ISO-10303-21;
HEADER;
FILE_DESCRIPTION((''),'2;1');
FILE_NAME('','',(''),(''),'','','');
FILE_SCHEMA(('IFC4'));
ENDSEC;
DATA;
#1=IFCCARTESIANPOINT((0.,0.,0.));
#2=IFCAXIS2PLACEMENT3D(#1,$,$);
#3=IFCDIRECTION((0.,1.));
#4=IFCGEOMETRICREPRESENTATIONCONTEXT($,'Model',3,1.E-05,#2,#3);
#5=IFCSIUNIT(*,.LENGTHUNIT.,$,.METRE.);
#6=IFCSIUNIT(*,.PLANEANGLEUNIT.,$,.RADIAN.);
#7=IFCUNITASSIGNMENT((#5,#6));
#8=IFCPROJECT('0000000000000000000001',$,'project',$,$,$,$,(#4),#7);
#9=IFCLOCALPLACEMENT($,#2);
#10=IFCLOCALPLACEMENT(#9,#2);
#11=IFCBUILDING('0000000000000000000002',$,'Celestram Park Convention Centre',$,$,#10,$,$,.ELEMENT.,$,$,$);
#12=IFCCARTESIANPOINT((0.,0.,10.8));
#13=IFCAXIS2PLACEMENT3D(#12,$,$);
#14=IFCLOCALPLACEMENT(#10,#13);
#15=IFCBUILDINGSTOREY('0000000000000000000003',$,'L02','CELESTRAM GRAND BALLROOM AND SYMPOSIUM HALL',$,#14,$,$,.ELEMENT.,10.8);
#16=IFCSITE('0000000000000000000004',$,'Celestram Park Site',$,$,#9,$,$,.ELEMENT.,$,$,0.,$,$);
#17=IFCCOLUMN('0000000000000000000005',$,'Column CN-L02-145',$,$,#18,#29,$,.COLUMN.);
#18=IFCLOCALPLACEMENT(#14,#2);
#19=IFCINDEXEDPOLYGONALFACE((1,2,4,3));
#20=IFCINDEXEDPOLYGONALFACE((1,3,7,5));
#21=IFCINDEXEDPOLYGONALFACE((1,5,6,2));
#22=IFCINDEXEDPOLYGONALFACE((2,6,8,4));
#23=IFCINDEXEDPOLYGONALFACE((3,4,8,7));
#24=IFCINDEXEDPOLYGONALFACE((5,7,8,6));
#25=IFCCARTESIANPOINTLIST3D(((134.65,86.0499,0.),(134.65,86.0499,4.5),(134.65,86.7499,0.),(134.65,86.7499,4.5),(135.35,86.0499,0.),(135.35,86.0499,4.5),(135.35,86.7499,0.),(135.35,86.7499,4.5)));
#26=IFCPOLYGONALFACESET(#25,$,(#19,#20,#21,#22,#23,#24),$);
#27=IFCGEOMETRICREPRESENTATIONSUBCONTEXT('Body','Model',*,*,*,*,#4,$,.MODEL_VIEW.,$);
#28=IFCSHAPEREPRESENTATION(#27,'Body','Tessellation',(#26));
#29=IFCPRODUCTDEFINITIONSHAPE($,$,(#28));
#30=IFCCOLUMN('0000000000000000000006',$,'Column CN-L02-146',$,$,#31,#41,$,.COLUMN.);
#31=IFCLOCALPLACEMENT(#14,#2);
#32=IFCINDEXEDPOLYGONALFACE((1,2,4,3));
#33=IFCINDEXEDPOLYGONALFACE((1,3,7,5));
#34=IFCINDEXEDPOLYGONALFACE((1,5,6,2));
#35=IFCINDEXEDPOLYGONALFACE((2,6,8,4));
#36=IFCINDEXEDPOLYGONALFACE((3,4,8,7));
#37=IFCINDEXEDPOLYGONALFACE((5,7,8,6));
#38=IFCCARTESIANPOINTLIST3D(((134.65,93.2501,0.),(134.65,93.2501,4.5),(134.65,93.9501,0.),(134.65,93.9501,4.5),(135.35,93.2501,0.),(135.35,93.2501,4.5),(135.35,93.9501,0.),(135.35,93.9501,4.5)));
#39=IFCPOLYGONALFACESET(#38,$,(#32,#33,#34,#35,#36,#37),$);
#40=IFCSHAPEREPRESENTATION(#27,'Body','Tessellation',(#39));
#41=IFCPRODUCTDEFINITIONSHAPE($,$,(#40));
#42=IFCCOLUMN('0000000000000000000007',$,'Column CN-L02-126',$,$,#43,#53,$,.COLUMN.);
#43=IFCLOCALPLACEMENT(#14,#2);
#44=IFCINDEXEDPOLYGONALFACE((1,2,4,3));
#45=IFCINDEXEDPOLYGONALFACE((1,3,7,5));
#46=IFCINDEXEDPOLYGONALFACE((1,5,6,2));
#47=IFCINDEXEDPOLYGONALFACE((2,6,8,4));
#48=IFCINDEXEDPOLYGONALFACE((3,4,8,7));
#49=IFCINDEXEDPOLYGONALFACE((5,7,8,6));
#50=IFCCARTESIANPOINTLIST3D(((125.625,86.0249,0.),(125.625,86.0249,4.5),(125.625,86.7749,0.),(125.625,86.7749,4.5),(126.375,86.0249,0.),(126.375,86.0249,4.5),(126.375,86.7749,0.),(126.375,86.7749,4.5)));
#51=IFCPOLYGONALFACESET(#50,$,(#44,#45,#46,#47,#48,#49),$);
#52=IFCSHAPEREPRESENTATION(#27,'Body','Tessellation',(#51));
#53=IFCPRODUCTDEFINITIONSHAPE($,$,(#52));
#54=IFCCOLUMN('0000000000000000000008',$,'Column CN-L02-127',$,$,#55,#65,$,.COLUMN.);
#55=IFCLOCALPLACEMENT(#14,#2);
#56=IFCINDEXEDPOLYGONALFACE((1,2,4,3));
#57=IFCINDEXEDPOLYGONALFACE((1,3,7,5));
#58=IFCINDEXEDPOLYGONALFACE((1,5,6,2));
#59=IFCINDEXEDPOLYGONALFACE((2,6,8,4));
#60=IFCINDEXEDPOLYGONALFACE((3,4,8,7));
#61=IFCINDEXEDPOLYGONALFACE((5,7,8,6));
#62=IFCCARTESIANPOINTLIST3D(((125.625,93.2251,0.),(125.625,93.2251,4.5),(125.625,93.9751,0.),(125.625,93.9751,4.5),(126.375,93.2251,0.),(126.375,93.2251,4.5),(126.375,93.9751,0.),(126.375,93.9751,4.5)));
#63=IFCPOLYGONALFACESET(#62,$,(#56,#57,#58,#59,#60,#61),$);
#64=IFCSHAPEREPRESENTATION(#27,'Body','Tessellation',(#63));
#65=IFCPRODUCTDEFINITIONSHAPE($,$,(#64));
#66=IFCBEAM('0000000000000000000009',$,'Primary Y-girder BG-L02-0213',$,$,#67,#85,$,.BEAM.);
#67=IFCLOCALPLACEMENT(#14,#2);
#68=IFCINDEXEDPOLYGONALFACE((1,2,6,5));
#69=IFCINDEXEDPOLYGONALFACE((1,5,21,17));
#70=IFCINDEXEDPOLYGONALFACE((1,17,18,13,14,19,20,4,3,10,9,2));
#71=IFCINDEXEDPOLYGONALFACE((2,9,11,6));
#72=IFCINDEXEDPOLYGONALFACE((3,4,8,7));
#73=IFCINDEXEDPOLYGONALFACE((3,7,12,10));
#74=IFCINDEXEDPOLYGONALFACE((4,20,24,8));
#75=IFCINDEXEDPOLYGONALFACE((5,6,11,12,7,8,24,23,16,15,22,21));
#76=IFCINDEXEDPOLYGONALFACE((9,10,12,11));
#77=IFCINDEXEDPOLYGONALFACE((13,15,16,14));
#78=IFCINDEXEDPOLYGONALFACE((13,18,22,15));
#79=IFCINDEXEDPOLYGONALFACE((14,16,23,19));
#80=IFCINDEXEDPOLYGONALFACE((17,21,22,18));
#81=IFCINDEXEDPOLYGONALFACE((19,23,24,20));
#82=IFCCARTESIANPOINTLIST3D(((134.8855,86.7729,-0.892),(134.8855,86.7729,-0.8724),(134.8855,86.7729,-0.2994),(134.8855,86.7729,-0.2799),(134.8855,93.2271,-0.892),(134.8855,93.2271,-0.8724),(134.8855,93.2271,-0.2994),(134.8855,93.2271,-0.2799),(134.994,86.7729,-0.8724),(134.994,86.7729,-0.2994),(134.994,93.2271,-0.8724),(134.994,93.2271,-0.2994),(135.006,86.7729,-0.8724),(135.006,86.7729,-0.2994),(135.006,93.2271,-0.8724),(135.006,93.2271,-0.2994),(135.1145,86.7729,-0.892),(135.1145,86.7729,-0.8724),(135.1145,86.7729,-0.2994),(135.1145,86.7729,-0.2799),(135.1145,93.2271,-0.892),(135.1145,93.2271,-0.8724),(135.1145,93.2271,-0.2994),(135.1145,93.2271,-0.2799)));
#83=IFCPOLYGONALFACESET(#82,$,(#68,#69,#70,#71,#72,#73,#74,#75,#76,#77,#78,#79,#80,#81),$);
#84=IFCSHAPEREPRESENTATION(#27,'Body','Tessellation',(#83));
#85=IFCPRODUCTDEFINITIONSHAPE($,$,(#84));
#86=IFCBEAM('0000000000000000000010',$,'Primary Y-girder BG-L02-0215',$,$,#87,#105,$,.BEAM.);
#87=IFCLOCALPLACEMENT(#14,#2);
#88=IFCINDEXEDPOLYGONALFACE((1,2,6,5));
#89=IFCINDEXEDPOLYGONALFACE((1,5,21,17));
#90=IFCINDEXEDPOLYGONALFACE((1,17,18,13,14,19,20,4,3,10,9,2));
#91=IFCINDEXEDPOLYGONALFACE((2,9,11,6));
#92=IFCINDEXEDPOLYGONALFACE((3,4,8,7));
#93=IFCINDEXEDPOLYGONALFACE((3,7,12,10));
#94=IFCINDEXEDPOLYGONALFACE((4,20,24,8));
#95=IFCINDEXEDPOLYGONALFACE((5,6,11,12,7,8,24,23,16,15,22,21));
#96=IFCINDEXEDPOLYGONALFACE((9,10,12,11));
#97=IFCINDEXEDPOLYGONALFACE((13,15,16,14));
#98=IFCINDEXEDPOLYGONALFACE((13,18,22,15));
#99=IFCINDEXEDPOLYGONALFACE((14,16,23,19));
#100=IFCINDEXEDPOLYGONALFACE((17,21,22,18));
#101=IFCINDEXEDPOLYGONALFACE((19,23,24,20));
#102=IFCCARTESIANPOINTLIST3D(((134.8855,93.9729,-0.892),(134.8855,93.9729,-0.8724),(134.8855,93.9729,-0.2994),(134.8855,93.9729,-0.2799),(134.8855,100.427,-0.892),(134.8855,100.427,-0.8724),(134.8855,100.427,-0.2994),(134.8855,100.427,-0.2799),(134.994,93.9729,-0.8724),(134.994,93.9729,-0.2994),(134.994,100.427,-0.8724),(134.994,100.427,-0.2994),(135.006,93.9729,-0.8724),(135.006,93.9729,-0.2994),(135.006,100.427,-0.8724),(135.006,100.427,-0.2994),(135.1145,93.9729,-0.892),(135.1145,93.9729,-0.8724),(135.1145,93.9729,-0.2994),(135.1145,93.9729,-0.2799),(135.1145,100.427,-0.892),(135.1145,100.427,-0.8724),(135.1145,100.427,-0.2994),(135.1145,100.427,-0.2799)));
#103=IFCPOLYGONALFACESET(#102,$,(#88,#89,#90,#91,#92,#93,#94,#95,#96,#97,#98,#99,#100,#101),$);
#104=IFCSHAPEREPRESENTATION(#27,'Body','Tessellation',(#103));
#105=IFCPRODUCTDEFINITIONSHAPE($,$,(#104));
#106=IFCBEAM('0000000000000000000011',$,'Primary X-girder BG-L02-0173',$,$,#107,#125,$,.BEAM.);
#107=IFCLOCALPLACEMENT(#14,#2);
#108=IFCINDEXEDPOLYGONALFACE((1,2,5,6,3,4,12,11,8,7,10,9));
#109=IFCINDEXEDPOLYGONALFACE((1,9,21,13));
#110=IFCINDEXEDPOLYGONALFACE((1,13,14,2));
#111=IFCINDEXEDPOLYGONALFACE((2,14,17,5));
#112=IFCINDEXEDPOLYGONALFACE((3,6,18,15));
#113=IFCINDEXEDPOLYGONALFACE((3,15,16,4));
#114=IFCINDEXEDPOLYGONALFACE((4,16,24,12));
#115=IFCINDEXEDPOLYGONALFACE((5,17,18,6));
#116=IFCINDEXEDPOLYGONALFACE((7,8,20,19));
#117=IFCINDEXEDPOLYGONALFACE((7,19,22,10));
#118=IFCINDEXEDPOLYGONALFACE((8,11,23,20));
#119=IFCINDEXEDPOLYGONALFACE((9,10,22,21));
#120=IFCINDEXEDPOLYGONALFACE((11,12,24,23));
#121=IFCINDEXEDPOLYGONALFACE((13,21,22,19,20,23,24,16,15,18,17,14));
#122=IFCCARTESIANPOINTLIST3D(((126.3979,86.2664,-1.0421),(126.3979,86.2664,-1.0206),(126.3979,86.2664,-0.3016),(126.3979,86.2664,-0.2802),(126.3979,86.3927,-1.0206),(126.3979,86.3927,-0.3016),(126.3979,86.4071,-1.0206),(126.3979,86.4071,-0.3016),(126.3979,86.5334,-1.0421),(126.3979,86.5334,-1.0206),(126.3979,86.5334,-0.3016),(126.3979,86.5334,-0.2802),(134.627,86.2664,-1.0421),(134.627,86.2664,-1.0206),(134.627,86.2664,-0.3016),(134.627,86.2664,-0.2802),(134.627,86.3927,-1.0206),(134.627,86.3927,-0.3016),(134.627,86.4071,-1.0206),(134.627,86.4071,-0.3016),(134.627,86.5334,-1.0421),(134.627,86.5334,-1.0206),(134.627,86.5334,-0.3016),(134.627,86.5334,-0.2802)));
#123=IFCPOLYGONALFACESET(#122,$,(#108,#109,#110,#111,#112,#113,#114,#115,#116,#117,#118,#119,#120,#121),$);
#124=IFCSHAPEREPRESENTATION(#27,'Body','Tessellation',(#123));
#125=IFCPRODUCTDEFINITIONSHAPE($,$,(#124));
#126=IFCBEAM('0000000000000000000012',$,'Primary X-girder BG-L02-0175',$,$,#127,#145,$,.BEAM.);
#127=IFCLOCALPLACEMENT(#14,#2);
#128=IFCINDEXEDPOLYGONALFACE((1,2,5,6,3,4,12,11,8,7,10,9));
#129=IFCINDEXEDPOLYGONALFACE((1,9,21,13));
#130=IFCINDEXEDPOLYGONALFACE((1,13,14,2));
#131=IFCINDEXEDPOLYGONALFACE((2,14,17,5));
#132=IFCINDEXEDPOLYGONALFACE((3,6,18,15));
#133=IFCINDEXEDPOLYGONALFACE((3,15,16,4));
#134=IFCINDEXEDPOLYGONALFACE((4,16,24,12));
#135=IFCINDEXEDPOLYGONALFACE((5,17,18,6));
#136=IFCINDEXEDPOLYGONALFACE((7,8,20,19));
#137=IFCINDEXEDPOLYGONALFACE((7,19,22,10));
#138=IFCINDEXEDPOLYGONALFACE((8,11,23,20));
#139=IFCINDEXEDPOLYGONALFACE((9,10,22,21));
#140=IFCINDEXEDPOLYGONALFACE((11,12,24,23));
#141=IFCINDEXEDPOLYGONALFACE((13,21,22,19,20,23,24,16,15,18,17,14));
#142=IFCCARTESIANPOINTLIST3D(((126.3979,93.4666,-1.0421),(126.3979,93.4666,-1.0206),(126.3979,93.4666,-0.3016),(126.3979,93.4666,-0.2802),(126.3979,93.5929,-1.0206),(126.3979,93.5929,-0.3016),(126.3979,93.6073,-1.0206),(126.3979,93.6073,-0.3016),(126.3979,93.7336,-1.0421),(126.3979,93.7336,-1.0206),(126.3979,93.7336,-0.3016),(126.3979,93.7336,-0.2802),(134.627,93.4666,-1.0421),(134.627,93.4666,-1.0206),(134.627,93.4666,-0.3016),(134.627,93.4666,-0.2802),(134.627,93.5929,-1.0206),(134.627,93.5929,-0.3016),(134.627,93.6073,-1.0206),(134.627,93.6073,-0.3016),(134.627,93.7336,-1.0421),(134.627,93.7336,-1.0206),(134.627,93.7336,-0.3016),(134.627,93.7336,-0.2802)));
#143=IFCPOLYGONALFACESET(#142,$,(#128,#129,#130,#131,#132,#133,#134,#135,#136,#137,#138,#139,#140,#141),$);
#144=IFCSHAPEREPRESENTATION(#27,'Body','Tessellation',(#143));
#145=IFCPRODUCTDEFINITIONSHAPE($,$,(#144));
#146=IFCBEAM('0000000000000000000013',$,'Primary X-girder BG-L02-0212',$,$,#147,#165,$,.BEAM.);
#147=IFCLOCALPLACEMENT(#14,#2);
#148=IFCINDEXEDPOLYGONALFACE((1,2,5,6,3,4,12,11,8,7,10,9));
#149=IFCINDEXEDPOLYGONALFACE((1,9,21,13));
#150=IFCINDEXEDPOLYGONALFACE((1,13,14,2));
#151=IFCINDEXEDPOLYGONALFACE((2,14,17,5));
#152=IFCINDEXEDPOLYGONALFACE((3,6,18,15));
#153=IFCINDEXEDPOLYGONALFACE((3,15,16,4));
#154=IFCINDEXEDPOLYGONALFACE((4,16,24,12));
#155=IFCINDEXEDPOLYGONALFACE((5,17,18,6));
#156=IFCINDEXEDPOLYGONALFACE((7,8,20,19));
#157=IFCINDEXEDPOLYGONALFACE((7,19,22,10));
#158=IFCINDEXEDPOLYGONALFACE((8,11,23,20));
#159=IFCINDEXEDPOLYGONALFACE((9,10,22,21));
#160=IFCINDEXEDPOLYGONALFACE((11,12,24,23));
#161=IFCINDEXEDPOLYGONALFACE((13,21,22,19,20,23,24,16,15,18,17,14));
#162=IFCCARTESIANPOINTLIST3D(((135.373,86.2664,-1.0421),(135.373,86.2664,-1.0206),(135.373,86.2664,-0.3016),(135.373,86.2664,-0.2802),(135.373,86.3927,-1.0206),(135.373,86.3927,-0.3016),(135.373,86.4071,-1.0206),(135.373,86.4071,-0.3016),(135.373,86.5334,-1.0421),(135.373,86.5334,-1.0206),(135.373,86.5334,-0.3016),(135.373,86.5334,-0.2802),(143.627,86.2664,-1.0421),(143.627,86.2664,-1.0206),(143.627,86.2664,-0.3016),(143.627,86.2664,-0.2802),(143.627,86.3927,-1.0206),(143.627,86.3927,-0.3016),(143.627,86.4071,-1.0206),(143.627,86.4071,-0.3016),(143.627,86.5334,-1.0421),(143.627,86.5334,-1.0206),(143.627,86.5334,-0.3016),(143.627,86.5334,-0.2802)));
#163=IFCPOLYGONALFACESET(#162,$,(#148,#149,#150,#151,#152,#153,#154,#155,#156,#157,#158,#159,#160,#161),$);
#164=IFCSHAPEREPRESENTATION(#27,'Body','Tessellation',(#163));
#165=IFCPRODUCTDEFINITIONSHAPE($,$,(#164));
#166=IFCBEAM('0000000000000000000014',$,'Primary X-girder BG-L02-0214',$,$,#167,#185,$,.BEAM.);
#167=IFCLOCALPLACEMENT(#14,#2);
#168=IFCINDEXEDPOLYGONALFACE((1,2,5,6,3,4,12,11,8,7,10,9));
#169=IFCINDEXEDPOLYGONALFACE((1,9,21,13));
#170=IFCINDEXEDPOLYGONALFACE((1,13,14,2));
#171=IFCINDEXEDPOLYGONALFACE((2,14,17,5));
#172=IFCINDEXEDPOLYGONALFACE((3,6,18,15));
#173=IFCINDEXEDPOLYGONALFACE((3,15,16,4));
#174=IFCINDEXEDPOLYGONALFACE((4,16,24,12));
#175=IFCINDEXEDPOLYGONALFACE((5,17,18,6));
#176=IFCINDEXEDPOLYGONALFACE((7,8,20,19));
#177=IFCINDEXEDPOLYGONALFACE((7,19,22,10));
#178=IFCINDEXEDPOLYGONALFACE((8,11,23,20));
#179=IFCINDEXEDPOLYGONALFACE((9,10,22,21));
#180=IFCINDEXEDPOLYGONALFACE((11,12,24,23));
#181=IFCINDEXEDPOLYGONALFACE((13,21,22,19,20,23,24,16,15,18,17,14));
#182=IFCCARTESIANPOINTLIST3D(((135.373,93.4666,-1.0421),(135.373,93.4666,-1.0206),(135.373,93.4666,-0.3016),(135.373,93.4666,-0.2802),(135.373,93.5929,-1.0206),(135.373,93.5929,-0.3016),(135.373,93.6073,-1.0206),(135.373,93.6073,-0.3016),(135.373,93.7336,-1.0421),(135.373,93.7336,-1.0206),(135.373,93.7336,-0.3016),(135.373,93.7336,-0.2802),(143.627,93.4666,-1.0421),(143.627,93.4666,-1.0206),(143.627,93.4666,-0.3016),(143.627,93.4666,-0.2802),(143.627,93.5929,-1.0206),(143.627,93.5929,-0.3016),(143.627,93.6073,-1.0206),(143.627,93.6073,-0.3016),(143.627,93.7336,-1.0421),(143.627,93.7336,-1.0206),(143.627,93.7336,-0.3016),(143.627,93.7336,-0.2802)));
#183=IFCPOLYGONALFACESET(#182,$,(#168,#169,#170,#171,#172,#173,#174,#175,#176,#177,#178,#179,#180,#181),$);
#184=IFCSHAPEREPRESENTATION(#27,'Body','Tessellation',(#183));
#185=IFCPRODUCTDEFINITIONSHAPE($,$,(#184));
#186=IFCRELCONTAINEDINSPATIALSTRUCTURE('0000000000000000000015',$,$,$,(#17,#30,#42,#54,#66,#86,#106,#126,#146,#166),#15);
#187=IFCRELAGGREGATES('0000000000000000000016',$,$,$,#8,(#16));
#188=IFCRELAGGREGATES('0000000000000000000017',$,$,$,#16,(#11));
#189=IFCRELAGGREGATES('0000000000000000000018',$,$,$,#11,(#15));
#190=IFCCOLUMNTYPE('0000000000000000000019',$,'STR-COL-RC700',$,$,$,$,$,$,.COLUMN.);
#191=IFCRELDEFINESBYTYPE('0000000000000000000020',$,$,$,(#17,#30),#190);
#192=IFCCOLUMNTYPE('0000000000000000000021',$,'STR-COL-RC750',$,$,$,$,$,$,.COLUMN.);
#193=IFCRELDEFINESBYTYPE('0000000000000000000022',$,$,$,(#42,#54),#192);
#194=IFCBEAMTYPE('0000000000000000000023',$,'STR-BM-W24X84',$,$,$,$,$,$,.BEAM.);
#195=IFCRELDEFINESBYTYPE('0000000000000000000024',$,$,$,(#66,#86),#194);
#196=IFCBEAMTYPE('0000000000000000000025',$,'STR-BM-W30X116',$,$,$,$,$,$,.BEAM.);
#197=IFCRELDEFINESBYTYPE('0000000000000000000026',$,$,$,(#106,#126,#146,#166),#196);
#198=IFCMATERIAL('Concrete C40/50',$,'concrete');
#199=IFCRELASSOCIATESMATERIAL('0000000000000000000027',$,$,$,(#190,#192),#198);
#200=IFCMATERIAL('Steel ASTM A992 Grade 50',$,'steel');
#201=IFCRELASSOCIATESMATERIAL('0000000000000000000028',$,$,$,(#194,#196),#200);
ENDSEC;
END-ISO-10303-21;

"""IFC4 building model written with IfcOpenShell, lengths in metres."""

from ifc_helpers import new_model, si_unit, direction, frame, origin, origin_2d, place, context, subcontext, project, spatial, rectangle, i_section, extrude, material, material_profile, profile_set, type_object, element, save


model = new_model("IFC4")

# Units and contexts
model_context = context("Model", 3, precision=1e-05, world=origin(), true_north=direction((0.0, 1.0)))
body_context = subcontext(model_context, "Body", "Model", "MODEL_VIEW")
ifc_project = project(units=[si_unit("LENGTHUNIT", "METRE"), si_unit("PLANEANGLEUNIT", "RADIAN")], contexts=[model_context])

# Site, building, storey
site_placement = place(None, origin())
site = spatial("IfcSite", under=ifc_project, at=site_placement, Name="Celestram Park Site", CompositionType="ELEMENT", RefElevation=0.0)
building_placement = place(site_placement, origin())
building = spatial("IfcBuilding", under=site, at=building_placement, Name="Celestram Park Convention Centre", CompositionType="ELEMENT")
storey_placement = place(building_placement, frame((0.0, 0.0, 10.8)))
storey = spatial("IfcBuildingStorey", under=building, at=storey_placement, Name="L02", Description="CELESTRAM GRAND BALLROOM AND SYMPOSIUM HALL", CompositionType="ELEMENT", Elevation=10.8)

# Columns
ifc_material_1 = material(Name="Concrete C40/50", Category="concrete")
ifc_material_profile_1 = material_profile(ifc_material_1, rectangle(XDim=0.7, YDim=0.7, at=origin_2d()), Name="RC700X700")
ifc_profile_set_1 = profile_set([ifc_material_profile_1], Name="Concrete C40/50")
column_type_1 = type_object("IfcColumnType", Name="STR-COL-RC700", PredefinedType="COLUMN", material=ifc_profile_set_1)
for number, where, z_axis, x_axis, name in (
    (1, (135.0, 86.3999, 0.0), (0.0, 0.0, 1.0), (1.0, 0.0, 0.0), "Column CN-L02-145"),
    (2, (135.0, 93.6001, 0.0), (0.0, 0.0, 1.0), (1.0, 0.0, 0.0), "Column CN-L02-146"),
):
    element("IfcColumn", number, at=place(storey_placement, frame(where, z_axis=z_axis, x_axis=x_axis)), inside=storey, type_object=column_type_1, Name=name, PredefinedType="COLUMN", context=body_context, shape_type="SweptSolid", body=[
        extrude(rectangle(XDim=0.7, YDim=0.7, at=origin_2d()), origin(), (0.0, 0.0, 1.0), 4.5),
    ])
ifc_material_profile_2 = material_profile(ifc_material_1, rectangle(XDim=0.75, YDim=0.75, at=origin_2d()), Name="RC750X750")
ifc_profile_set_2 = profile_set([ifc_material_profile_2], Name="Concrete C40/50")
column_type_2 = type_object("IfcColumnType", Name="STR-COL-RC750", PredefinedType="COLUMN", material=ifc_profile_set_2)
for number, where, z_axis, x_axis, name in (
    (3, (126.0, 86.3999, 0.0), (0.0, 0.0, 1.0), (1.0, 0.0, 0.0), "Column CN-L02-126"),
    (4, (126.0, 93.6001, 0.0), (0.0, 0.0, 1.0), (1.0, 0.0, 0.0), "Column CN-L02-127"),
):
    element("IfcColumn", number, at=place(storey_placement, frame(where, z_axis=z_axis, x_axis=x_axis)), inside=storey, type_object=column_type_2, Name=name, PredefinedType="COLUMN", context=body_context, shape_type="SweptSolid", body=[
        extrude(rectangle(XDim=0.75, YDim=0.75, at=origin_2d()), origin(), (0.0, 0.0, 1.0), 4.5),
    ])

# Beams
ifc_material_2 = material(Name="Steel ASTM A992 Grade 50", Category="steel")
ifc_material_profile_3 = material_profile(ifc_material_2, i_section(OverallWidth=0.229, OverallDepth=0.6121, WebThickness=0.012, FlangeThickness=0.0195, at=origin_2d()), Name="W24X84")
ifc_profile_set_3 = profile_set([ifc_material_profile_3], Name="Steel ASTM A992 Grade 50")
beam_type_1 = type_object("IfcBeamType", Name="STR-BM-W24X84", PredefinedType="BEAM", material=ifc_profile_set_3)
for number, where, z_axis, x_axis, name in (
    (5, (135.0, 86.7729, -0.5859), (0.0, 1.0, 0.0), (-1.0, 0.0, 0.0), "Primary Y-girder BG-L02-0213"),
    (6, (135.0, 93.9729, -0.5859), (0.0, 1.0, 0.0), (-1.0, 0.0, 0.0), "Primary Y-girder BG-L02-0215"),
):
    element("IfcBeam", number, at=place(storey_placement, frame(where, z_axis=z_axis, x_axis=x_axis)), inside=storey, type_object=beam_type_1, Name=name, PredefinedType="BEAM", context=body_context, shape_type="SweptSolid", body=[
        extrude(i_section(OverallWidth=0.229, OverallDepth=0.6121, WebThickness=0.012, FlangeThickness=0.0195, at=origin_2d()), origin(), (0.0, 0.0, 1.0), 6.4541),
    ])
ifc_material_profile_4 = material_profile(ifc_material_2, i_section(OverallWidth=0.2671, OverallDepth=0.762, WebThickness=0.0144, FlangeThickness=0.0215, at=origin_2d()), Name="W30X116")
ifc_profile_set_4 = profile_set([ifc_material_profile_4], Name="Steel ASTM A992 Grade 50")
beam_type_2 = type_object("IfcBeamType", Name="STR-BM-W30X116", PredefinedType="BEAM", material=ifc_profile_set_4)
for number, where, z_axis, x_axis, name in (
    (7, (126.3979, 86.3999, -0.6611), (1.0, 0.0, 0.0), (0.0, 1.0, 0.0), "Primary X-girder BG-L02-0173"),
    (8, (126.3979, 93.6001, -0.6611), (1.0, 0.0, 0.0), (0.0, 1.0, 0.0), "Primary X-girder BG-L02-0175"),
):
    element("IfcBeam", number, at=place(storey_placement, frame(where, z_axis=z_axis, x_axis=x_axis)), inside=storey, type_object=beam_type_2, Name=name, PredefinedType="BEAM", context=body_context, shape_type="SweptSolid", body=[
        extrude(i_section(OverallWidth=0.2671, OverallDepth=0.762, WebThickness=0.0144, FlangeThickness=0.0215, at=origin_2d()), origin(), (0.0, 0.0, 1.0), 8.229),
    ])
for number, where, z_axis, x_axis, name in (
    (9, (135.373, 86.3999, -0.6611), (1.0, 0.0, 0.0), (0.0, 1.0, 0.0), "Primary X-girder BG-L02-0212"),
    (10, (135.373, 93.6001, -0.6611), (1.0, 0.0, 0.0), (0.0, 1.0, 0.0), "Primary X-girder BG-L02-0214"),
):
    element("IfcBeam", number, at=place(storey_placement, frame(where, z_axis=z_axis, x_axis=x_axis)), inside=storey, type_object=beam_type_2, Name=name, PredefinedType="BEAM", context=body_context, shape_type="SweptSolid", body=[
        extrude(i_section(OverallWidth=0.2671, OverallDepth=0.762, WebThickness=0.0144, FlangeThickness=0.0215, at=origin_2d()), origin(), (0.0, 0.0, 1.0), 8.2539),
    ])

save(model, "model.ifc")
